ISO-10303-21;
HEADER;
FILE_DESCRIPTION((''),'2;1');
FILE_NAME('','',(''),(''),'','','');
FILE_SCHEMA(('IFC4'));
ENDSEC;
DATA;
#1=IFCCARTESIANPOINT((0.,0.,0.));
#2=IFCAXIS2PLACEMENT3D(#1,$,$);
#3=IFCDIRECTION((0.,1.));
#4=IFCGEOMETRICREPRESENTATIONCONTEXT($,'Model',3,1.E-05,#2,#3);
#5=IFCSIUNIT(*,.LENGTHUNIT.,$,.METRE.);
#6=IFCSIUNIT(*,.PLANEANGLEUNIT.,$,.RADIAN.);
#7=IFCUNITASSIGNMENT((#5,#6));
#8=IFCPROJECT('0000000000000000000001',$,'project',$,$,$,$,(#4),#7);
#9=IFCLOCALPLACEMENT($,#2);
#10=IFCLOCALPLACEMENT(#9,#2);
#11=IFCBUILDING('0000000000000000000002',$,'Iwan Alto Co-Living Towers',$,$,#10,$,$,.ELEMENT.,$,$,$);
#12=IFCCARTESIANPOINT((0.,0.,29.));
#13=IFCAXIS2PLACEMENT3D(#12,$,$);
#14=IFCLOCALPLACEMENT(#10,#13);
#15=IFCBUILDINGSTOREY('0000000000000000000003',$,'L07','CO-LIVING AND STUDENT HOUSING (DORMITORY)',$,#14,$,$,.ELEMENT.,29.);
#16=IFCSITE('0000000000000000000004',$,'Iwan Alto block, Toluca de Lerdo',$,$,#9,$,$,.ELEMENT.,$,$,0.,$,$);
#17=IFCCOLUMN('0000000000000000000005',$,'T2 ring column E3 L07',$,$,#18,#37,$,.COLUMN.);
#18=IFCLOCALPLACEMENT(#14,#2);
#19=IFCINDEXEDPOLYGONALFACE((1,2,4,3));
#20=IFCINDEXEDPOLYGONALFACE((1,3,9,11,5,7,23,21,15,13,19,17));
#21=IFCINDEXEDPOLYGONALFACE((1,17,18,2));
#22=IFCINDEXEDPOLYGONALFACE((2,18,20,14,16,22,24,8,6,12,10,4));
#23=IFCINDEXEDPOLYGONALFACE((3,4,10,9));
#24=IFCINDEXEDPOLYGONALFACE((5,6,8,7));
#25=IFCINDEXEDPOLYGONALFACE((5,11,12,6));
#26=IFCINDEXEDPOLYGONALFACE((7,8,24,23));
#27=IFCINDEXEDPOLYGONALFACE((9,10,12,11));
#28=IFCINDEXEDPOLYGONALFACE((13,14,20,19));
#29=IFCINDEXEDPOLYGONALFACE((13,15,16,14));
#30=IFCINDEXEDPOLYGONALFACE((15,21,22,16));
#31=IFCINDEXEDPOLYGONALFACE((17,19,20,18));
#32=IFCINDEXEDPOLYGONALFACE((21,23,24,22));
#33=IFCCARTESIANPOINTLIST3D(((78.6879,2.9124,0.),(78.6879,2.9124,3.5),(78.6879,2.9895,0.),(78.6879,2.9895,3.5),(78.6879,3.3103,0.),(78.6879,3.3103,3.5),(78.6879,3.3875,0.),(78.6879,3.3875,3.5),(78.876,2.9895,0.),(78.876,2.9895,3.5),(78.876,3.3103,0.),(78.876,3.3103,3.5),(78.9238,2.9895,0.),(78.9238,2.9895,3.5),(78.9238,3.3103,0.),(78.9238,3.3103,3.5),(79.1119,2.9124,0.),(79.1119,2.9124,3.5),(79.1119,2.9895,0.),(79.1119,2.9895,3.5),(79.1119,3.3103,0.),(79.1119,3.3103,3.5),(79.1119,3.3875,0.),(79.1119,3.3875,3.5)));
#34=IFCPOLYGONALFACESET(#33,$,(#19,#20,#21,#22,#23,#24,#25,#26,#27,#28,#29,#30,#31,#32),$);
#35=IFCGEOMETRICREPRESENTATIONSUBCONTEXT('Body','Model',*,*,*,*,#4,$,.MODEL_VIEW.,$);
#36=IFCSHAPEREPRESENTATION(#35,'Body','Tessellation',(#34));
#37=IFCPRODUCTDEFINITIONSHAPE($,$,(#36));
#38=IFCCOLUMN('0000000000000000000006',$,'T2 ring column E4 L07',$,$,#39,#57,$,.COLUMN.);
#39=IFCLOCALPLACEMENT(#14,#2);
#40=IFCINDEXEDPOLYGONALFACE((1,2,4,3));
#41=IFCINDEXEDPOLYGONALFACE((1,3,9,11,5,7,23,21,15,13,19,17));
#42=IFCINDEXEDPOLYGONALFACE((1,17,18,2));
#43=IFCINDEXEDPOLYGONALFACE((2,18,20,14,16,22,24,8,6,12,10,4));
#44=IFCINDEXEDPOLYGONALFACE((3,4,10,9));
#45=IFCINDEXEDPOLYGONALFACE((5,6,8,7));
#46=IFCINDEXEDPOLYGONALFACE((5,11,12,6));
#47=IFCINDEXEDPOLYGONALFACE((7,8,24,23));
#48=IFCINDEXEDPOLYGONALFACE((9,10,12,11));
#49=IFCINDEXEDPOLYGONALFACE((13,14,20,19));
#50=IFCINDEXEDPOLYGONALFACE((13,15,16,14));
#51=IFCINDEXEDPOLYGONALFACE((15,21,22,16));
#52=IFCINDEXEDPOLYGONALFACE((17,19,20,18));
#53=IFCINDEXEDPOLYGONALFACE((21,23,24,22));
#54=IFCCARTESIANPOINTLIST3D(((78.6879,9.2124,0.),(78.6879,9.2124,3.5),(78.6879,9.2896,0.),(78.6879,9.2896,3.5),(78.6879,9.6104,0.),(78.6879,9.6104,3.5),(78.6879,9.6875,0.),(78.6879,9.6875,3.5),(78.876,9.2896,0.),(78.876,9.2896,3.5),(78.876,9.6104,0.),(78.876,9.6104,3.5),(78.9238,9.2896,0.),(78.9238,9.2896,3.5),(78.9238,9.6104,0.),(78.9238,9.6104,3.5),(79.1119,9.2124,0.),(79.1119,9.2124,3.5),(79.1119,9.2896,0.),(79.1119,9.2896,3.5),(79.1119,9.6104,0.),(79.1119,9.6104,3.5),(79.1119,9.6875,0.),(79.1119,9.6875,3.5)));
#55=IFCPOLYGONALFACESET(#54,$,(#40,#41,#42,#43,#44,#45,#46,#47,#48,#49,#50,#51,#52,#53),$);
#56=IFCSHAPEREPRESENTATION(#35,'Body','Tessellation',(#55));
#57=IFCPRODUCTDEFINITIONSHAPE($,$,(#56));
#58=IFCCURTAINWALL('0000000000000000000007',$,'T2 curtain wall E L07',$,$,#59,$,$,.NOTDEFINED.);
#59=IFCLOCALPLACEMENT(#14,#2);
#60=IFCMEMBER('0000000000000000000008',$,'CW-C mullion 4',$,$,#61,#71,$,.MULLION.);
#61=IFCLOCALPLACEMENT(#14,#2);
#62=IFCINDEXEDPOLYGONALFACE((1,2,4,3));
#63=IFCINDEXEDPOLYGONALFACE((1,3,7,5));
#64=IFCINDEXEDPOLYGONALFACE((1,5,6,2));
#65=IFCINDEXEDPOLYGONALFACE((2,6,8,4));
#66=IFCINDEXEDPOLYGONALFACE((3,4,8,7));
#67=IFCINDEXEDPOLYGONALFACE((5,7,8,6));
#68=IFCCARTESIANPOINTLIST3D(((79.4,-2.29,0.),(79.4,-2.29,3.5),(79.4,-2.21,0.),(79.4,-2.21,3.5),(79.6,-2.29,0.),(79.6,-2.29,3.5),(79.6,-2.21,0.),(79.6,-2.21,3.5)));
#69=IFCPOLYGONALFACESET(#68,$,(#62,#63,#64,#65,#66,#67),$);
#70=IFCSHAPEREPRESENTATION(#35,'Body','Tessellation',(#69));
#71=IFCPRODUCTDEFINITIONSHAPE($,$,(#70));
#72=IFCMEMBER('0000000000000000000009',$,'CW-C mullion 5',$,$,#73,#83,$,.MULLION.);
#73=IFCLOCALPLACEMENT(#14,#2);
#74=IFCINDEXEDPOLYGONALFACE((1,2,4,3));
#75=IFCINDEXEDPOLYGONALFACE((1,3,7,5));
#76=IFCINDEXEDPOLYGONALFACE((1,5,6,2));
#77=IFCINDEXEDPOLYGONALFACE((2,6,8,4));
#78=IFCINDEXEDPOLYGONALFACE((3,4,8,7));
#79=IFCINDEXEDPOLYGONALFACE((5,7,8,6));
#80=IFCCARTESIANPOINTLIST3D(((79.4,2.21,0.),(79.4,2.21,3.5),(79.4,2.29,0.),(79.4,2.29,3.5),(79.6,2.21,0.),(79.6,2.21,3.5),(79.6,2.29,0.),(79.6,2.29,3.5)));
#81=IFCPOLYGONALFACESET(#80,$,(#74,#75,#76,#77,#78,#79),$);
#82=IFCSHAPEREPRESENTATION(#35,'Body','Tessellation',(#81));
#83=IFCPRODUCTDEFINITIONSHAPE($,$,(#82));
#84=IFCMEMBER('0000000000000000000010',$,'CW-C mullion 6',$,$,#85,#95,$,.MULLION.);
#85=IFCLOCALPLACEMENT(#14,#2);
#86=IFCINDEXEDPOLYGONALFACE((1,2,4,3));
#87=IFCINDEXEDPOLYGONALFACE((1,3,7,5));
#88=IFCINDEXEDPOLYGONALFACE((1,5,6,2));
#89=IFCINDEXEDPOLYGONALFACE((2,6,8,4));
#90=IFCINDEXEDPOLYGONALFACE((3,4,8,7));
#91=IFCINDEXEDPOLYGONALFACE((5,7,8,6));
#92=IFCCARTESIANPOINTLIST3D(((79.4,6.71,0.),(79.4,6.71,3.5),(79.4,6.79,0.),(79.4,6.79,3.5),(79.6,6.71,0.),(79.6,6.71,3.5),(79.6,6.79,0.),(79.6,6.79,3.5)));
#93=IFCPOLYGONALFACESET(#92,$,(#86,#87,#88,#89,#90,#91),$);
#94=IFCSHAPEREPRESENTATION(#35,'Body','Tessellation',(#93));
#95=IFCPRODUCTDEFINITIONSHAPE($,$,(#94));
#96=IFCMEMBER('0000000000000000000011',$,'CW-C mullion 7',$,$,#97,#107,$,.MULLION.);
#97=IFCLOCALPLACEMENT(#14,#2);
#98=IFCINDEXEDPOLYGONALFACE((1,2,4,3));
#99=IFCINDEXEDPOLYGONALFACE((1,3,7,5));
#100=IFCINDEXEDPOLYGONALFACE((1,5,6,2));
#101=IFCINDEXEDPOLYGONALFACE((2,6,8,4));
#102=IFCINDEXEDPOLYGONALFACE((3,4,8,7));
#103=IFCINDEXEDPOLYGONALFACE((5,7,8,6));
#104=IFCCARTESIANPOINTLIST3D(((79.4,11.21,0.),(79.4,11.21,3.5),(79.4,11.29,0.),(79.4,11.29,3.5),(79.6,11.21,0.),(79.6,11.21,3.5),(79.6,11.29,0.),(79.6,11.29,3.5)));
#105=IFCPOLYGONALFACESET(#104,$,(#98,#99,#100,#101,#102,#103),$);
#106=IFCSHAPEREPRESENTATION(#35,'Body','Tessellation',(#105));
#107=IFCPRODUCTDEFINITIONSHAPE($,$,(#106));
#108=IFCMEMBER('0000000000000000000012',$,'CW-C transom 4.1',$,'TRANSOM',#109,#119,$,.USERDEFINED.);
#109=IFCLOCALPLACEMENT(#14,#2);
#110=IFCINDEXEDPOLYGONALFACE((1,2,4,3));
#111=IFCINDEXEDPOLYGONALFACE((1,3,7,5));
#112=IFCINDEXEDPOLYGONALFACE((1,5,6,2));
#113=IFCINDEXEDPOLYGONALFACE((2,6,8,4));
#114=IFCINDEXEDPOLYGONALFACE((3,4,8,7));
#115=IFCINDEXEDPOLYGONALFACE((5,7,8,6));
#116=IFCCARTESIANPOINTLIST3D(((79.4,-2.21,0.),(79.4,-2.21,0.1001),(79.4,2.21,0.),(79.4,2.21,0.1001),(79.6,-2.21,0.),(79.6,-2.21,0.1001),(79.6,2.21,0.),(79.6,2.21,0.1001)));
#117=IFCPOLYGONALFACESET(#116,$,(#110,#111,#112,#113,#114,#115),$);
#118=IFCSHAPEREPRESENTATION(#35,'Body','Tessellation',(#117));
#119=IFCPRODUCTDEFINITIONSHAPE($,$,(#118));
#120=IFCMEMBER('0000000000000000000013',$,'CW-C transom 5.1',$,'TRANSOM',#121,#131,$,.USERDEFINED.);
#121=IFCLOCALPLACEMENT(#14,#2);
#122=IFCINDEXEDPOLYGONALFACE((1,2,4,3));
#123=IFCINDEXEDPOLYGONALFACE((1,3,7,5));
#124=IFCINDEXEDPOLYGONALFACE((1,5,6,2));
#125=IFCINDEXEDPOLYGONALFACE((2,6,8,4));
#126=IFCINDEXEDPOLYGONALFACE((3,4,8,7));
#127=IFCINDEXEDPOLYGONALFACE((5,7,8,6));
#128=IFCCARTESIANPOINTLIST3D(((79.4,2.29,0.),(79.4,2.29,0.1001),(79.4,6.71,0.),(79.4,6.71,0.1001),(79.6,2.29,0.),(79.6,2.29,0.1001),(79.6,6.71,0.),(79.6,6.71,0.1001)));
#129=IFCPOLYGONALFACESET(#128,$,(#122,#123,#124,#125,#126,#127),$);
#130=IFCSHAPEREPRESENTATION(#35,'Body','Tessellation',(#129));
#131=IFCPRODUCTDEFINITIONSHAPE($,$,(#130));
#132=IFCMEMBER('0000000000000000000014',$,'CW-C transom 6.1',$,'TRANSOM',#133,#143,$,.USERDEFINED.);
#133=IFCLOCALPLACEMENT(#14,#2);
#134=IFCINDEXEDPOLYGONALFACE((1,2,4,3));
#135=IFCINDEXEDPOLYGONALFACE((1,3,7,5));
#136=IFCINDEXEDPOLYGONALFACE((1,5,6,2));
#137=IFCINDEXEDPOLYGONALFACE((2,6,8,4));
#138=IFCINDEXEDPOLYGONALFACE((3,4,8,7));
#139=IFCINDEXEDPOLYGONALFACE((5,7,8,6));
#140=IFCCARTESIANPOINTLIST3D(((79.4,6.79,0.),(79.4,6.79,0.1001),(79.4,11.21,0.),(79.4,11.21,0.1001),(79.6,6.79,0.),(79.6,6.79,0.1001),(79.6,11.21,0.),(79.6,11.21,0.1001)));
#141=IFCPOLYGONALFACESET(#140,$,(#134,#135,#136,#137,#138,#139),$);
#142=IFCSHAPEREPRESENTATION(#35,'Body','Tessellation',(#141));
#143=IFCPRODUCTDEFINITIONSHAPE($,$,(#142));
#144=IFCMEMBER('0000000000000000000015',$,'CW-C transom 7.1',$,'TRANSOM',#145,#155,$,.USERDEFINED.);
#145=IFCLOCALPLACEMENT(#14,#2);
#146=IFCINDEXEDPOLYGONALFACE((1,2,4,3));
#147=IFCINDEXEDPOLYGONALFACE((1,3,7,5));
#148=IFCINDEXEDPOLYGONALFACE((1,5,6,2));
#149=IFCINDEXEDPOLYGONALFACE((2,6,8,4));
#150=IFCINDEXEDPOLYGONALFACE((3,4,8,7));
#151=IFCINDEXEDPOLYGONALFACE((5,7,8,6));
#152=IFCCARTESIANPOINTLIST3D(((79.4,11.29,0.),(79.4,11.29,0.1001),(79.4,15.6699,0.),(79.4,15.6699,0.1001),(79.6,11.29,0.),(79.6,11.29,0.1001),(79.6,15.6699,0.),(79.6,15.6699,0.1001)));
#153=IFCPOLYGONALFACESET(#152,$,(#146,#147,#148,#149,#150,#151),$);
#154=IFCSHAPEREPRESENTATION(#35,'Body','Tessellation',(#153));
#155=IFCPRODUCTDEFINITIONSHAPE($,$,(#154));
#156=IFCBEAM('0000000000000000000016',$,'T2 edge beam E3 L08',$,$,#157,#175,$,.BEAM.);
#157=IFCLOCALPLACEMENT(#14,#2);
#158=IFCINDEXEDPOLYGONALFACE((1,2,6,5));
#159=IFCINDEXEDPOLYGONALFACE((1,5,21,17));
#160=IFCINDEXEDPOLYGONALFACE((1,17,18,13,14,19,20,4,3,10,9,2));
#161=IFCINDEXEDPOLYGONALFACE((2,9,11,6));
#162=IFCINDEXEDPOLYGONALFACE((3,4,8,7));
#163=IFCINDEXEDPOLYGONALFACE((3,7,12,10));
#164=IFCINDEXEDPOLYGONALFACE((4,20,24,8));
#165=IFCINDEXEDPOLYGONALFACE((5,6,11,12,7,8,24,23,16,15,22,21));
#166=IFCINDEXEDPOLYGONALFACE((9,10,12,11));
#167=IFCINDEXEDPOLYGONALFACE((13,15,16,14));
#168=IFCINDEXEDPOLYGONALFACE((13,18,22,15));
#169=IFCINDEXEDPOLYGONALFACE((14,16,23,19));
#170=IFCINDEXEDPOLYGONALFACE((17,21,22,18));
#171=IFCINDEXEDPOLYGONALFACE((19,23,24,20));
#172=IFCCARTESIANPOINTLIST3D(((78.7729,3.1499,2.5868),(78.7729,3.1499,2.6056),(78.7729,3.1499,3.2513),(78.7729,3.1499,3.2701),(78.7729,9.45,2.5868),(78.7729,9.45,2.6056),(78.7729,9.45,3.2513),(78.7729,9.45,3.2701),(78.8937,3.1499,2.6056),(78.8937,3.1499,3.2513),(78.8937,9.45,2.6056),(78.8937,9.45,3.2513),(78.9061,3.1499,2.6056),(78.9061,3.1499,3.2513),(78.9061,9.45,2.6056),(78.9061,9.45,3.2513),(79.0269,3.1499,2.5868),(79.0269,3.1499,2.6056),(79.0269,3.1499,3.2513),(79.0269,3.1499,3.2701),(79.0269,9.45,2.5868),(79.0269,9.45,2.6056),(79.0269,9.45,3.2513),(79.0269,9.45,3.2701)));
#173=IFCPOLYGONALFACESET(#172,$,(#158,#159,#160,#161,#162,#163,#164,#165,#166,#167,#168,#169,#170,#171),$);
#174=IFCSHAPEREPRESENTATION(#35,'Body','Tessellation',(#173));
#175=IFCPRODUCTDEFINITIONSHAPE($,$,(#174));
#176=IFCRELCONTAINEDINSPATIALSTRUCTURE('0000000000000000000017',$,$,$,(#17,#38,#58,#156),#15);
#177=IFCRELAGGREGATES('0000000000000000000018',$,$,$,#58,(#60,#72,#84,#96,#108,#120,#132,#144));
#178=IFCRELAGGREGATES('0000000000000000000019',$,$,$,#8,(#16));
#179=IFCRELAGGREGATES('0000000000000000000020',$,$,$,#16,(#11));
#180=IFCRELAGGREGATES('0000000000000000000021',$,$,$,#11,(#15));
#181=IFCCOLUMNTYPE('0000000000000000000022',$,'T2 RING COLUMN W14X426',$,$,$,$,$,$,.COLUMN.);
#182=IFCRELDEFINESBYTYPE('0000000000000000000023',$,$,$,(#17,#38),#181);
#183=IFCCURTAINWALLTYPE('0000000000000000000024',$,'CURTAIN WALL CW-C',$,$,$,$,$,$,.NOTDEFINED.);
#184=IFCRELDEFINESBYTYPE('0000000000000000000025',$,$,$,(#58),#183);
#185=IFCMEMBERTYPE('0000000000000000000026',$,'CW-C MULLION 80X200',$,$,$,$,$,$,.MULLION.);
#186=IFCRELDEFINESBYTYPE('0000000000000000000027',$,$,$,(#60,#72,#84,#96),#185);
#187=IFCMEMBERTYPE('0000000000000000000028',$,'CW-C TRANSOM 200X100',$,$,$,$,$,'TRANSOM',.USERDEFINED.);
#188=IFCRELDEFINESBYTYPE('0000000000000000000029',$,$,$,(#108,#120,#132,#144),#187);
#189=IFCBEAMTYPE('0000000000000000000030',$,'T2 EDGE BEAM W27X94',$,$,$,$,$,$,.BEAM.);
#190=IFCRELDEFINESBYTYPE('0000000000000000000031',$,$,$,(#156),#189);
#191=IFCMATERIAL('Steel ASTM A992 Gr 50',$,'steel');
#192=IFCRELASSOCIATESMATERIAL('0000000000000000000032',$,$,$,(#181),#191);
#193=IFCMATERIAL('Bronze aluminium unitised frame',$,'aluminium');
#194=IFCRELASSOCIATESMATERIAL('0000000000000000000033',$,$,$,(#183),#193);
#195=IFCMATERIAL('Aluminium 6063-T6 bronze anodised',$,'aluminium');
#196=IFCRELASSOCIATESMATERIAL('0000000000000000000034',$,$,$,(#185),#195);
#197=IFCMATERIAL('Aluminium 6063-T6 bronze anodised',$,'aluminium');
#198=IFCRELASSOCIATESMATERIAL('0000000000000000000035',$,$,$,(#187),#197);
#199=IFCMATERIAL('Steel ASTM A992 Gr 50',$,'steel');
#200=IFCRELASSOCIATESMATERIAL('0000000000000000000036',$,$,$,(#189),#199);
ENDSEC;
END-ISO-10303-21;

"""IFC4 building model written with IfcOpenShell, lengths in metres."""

from ifc_helpers import new_model, si_unit, direction, frame, origin, origin_2d, place, context, subcontext, project, spatial, rectangle, i_section, extrude, material, material_profile, profile_set, type_object, element, aggregate, save


model = new_model("IFC4")

# Units and contexts
model_context = context("Model", 3, precision=1e-05, world=origin(), true_north=direction((0.0, 1.0)))
body_context = subcontext(model_context, "Body", "Model", "MODEL_VIEW")
ifc_project = project(units=[si_unit("LENGTHUNIT", "METRE"), si_unit("PLANEANGLEUNIT", "RADIAN")], contexts=[model_context])

# Site, building, storey
site_placement = place(None, origin())
site = spatial("IfcSite", under=ifc_project, at=site_placement, Name="Iwan Alto block, Toluca de Lerdo", CompositionType="ELEMENT", RefElevation=0.0)
building_placement = place(site_placement, origin())
building = spatial("IfcBuilding", under=site, at=building_placement, Name="Iwan Alto Co-Living Towers", CompositionType="ELEMENT")
storey_placement = place(building_placement, frame((0.0, 0.0, 29.0)))
storey = spatial("IfcBuildingStorey", under=building, at=storey_placement, Name="L07", Description="CO-LIVING AND STUDENT HOUSING (DORMITORY)", CompositionType="ELEMENT", Elevation=29.0)

# Columns
ifc_material_1 = material(Name="Steel ASTM A992 Gr 50", Category="steel")
ifc_material_profile_1 = material_profile(ifc_material_1, i_section(OverallWidth=0.4241, OverallDepth=0.4751, WebThickness=0.0479, FlangeThickness=0.0771, at=origin_2d()), Name="W14X426")
ifc_profile_set_1 = profile_set([ifc_material_profile_1], Name="Steel ASTM A992 Gr 50")
column_type = type_object("IfcColumnType", Name="T2 RING COLUMN W14X426", PredefinedType="COLUMN", material=ifc_profile_set_1)
for number, where, z_axis, x_axis, name in (
    (1, (78.8999, 3.1499, 0.0), (0.0, 0.0, 1.0), (1.0, 0.0, 0.0), "T2 ring column E3 L07"),
    (2, (78.8999, 9.45, 0.0), (0.0, 0.0, 1.0), (1.0, 0.0, 0.0), "T2 ring column E4 L07"),
):
    element("IfcColumn", number, at=place(storey_placement, frame(where, z_axis=z_axis, x_axis=x_axis)), inside=storey, type_object=column_type, Name=name, PredefinedType="COLUMN", context=body_context, shape_type="SweptSolid", body=[
        extrude(i_section(OverallWidth=0.4241, OverallDepth=0.4751, WebThickness=0.0479, FlangeThickness=0.0771, at=origin_2d()), origin(), (0.0, 0.0, 1.0), 3.5),
    ])

# Curtain wall, members
ifc_material_2 = material(Name="Bronze aluminium unitised frame", Category="aluminium")
curtain_wall_type = type_object("IfcCurtainWallType", Name="CURTAIN WALL CW-C", PredefinedType="NOTDEFINED", material=ifc_material_2)
curtain_wall_placement = place(storey_placement, origin())
curtain_wall = element("IfcCurtainWall", 3, at=curtain_wall_placement, inside=storey, type_object=curtain_wall_type, Name="T2 curtain wall E L07", PredefinedType="NOTDEFINED")
ifc_material_3 = material(Name="Aluminium 6063-T6 bronze anodised", Category="aluminium")
ifc_material_profile_2 = material_profile(ifc_material_3, rectangle(XDim=0.2, YDim=0.0801, at=origin_2d()), Name="AL 80X200")
ifc_profile_set_2 = profile_set([ifc_material_profile_2], Name="Aluminium 6063-T6 bronze anodised")
member_type_1 = type_object("IfcMemberType", Name="CW-C MULLION 80X200", PredefinedType="MULLION", material=ifc_profile_set_2)
member_1_placement = place(storey_placement, frame((79.5, -2.25, 0.0), z_axis=(0.0, 0.0, 1.0), x_axis=(-1.0, 0.0, 0.0)))
member_1 = element("IfcMember", 4, at=member_1_placement, type_object=member_type_1, Name="CW-C mullion 4", PredefinedType="MULLION", context=body_context, shape_type="SweptSolid", body=[
    extrude(rectangle(XDim=0.2, YDim=0.0801, at=origin_2d()), origin(), (0.0, 0.0, 1.0), 3.5),
])
member_2_placement = place(storey_placement, frame((79.5, 2.25, 0.0), z_axis=(0.0, 0.0, 1.0), x_axis=(-1.0, 0.0, 0.0)))
member_2 = element("IfcMember", 5, at=member_2_placement, type_object=member_type_1, Name="CW-C mullion 5", PredefinedType="MULLION", context=body_context, shape_type="SweptSolid", body=[
    extrude(rectangle(XDim=0.2, YDim=0.0801, at=origin_2d()), origin(), (0.0, 0.0, 1.0), 3.5),
])
member_3_placement = place(storey_placement, frame((79.5, 6.75, 0.0), z_axis=(0.0, 0.0, 1.0), x_axis=(-1.0, 0.0, 0.0)))
member_3 = element("IfcMember", 6, at=member_3_placement, type_object=member_type_1, Name="CW-C mullion 6", PredefinedType="MULLION", context=body_context, shape_type="SweptSolid", body=[
    extrude(rectangle(XDim=0.2, YDim=0.0801, at=origin_2d()), origin(), (0.0, 0.0, 1.0), 3.5),
])
member_4_placement = place(storey_placement, frame((79.5, 11.25, 0.0), z_axis=(0.0, 0.0, 1.0), x_axis=(-1.0, 0.0, 0.0)))
member_4 = element("IfcMember", 7, at=member_4_placement, type_object=member_type_1, Name="CW-C mullion 7", PredefinedType="MULLION", context=body_context, shape_type="SweptSolid", body=[
    extrude(rectangle(XDim=0.2, YDim=0.0801, at=origin_2d()), origin(), (0.0, 0.0, 1.0), 3.5),
])
ifc_material_4 = material(Name="Aluminium 6063-T6 bronze anodised", Category="aluminium")
ifc_material_profile_3 = material_profile(ifc_material_4, rectangle(XDim=0.2, YDim=0.1001, at=origin_2d()), Name="AL 200X100")
ifc_profile_set_3 = profile_set([ifc_material_profile_3], Name="Aluminium 6063-T6 bronze anodised")
member_type_2 = type_object("IfcMemberType", Name="CW-C TRANSOM 200X100", ElementType="TRANSOM", PredefinedType="USERDEFINED", material=ifc_profile_set_3)
member_5_placement = place(storey_placement, frame((79.5, -2.21, 0.05), z_axis=(0.0, 1.0, 0.0), x_axis=(-1.0, 0.0, 0.0)))
member_5 = element("IfcMember", 8, at=member_5_placement, type_object=member_type_2, Name="CW-C transom 4.1", ObjectType="TRANSOM", PredefinedType="USERDEFINED", context=body_context, shape_type="SweptSolid", body=[
    extrude(rectangle(XDim=0.2, YDim=0.1001, at=origin_2d()), origin(), (0.0, 0.0, 1.0), 4.4199),
])
member_6_placement = place(storey_placement, frame((79.5, 2.29, 0.05), z_axis=(0.0, 1.0, 0.0), x_axis=(-1.0, 0.0, 0.0)))
member_6 = element("IfcMember", 9, at=member_6_placement, type_object=member_type_2, Name="CW-C transom 5.1", ObjectType="TRANSOM", PredefinedType="USERDEFINED", context=body_context, shape_type="SweptSolid", body=[
    extrude(rectangle(XDim=0.2, YDim=0.1001, at=origin_2d()), origin(), (0.0, 0.0, 1.0), 4.4199),
])
member_7_placement = place(storey_placement, frame((79.5, 6.79, 0.05), z_axis=(0.0, 1.0, 0.0), x_axis=(-1.0, 0.0, 0.0)))
member_7 = element("IfcMember", 10, at=member_7_placement, type_object=member_type_2, Name="CW-C transom 6.1", ObjectType="TRANSOM", PredefinedType="USERDEFINED", context=body_context, shape_type="SweptSolid", body=[
    extrude(rectangle(XDim=0.2, YDim=0.1001, at=origin_2d()), origin(), (0.0, 0.0, 1.0), 4.4199),
])
member_8_placement = place(storey_placement, frame((79.5, 11.29, 0.05), z_axis=(0.0, 1.0, 0.0), x_axis=(-1.0, 0.0, 0.0)))
member_8 = element("IfcMember", 11, at=member_8_placement, type_object=member_type_2, Name="CW-C transom 7.1", ObjectType="TRANSOM", PredefinedType="USERDEFINED", context=body_context, shape_type="SweptSolid", body=[
    extrude(rectangle(XDim=0.2, YDim=0.1001, at=origin_2d()), origin(), (0.0, 0.0, 1.0), 4.3799),
])

# Beam
ifc_material_5 = material(Name="Steel ASTM A992 Gr 50", Category="steel")
ifc_material_profile_4 = material_profile(ifc_material_5, i_section(OverallWidth=0.2539, OverallDepth=0.6833, WebThickness=0.0125, FlangeThickness=0.0188, at=origin_2d()), Name="W27X94")
ifc_profile_set_4 = profile_set([ifc_material_profile_4], Name="Steel ASTM A992 Gr 50")
beam_type_1 = type_object("IfcBeamType", Name="T2 EDGE BEAM W27X94", PredefinedType="BEAM", material=ifc_profile_set_4)
beam_1_placement = place(storey_placement, frame((78.8999, 3.1499, 2.9285), z_axis=(0.0, 1.0, 0.0), x_axis=(-1.0, 0.0, 0.0)))
element("IfcBeam", 12, at=beam_1_placement, inside=storey, type_object=beam_type_1, Name="T2 edge beam E3 L08", PredefinedType="BEAM", context=body_context, shape_type="SweptSolid", body=[
    extrude(i_section(OverallWidth=0.2539, OverallDepth=0.6833, WebThickness=0.0125, FlangeThickness=0.0188, at=origin_2d()), origin(), (0.0, 0.0, 1.0), 6.3),
])

aggregate(curtain_wall, [member_1, member_2, member_3, member_4, member_5, member_6, member_7, member_8])

save(model, "model.ifc")
